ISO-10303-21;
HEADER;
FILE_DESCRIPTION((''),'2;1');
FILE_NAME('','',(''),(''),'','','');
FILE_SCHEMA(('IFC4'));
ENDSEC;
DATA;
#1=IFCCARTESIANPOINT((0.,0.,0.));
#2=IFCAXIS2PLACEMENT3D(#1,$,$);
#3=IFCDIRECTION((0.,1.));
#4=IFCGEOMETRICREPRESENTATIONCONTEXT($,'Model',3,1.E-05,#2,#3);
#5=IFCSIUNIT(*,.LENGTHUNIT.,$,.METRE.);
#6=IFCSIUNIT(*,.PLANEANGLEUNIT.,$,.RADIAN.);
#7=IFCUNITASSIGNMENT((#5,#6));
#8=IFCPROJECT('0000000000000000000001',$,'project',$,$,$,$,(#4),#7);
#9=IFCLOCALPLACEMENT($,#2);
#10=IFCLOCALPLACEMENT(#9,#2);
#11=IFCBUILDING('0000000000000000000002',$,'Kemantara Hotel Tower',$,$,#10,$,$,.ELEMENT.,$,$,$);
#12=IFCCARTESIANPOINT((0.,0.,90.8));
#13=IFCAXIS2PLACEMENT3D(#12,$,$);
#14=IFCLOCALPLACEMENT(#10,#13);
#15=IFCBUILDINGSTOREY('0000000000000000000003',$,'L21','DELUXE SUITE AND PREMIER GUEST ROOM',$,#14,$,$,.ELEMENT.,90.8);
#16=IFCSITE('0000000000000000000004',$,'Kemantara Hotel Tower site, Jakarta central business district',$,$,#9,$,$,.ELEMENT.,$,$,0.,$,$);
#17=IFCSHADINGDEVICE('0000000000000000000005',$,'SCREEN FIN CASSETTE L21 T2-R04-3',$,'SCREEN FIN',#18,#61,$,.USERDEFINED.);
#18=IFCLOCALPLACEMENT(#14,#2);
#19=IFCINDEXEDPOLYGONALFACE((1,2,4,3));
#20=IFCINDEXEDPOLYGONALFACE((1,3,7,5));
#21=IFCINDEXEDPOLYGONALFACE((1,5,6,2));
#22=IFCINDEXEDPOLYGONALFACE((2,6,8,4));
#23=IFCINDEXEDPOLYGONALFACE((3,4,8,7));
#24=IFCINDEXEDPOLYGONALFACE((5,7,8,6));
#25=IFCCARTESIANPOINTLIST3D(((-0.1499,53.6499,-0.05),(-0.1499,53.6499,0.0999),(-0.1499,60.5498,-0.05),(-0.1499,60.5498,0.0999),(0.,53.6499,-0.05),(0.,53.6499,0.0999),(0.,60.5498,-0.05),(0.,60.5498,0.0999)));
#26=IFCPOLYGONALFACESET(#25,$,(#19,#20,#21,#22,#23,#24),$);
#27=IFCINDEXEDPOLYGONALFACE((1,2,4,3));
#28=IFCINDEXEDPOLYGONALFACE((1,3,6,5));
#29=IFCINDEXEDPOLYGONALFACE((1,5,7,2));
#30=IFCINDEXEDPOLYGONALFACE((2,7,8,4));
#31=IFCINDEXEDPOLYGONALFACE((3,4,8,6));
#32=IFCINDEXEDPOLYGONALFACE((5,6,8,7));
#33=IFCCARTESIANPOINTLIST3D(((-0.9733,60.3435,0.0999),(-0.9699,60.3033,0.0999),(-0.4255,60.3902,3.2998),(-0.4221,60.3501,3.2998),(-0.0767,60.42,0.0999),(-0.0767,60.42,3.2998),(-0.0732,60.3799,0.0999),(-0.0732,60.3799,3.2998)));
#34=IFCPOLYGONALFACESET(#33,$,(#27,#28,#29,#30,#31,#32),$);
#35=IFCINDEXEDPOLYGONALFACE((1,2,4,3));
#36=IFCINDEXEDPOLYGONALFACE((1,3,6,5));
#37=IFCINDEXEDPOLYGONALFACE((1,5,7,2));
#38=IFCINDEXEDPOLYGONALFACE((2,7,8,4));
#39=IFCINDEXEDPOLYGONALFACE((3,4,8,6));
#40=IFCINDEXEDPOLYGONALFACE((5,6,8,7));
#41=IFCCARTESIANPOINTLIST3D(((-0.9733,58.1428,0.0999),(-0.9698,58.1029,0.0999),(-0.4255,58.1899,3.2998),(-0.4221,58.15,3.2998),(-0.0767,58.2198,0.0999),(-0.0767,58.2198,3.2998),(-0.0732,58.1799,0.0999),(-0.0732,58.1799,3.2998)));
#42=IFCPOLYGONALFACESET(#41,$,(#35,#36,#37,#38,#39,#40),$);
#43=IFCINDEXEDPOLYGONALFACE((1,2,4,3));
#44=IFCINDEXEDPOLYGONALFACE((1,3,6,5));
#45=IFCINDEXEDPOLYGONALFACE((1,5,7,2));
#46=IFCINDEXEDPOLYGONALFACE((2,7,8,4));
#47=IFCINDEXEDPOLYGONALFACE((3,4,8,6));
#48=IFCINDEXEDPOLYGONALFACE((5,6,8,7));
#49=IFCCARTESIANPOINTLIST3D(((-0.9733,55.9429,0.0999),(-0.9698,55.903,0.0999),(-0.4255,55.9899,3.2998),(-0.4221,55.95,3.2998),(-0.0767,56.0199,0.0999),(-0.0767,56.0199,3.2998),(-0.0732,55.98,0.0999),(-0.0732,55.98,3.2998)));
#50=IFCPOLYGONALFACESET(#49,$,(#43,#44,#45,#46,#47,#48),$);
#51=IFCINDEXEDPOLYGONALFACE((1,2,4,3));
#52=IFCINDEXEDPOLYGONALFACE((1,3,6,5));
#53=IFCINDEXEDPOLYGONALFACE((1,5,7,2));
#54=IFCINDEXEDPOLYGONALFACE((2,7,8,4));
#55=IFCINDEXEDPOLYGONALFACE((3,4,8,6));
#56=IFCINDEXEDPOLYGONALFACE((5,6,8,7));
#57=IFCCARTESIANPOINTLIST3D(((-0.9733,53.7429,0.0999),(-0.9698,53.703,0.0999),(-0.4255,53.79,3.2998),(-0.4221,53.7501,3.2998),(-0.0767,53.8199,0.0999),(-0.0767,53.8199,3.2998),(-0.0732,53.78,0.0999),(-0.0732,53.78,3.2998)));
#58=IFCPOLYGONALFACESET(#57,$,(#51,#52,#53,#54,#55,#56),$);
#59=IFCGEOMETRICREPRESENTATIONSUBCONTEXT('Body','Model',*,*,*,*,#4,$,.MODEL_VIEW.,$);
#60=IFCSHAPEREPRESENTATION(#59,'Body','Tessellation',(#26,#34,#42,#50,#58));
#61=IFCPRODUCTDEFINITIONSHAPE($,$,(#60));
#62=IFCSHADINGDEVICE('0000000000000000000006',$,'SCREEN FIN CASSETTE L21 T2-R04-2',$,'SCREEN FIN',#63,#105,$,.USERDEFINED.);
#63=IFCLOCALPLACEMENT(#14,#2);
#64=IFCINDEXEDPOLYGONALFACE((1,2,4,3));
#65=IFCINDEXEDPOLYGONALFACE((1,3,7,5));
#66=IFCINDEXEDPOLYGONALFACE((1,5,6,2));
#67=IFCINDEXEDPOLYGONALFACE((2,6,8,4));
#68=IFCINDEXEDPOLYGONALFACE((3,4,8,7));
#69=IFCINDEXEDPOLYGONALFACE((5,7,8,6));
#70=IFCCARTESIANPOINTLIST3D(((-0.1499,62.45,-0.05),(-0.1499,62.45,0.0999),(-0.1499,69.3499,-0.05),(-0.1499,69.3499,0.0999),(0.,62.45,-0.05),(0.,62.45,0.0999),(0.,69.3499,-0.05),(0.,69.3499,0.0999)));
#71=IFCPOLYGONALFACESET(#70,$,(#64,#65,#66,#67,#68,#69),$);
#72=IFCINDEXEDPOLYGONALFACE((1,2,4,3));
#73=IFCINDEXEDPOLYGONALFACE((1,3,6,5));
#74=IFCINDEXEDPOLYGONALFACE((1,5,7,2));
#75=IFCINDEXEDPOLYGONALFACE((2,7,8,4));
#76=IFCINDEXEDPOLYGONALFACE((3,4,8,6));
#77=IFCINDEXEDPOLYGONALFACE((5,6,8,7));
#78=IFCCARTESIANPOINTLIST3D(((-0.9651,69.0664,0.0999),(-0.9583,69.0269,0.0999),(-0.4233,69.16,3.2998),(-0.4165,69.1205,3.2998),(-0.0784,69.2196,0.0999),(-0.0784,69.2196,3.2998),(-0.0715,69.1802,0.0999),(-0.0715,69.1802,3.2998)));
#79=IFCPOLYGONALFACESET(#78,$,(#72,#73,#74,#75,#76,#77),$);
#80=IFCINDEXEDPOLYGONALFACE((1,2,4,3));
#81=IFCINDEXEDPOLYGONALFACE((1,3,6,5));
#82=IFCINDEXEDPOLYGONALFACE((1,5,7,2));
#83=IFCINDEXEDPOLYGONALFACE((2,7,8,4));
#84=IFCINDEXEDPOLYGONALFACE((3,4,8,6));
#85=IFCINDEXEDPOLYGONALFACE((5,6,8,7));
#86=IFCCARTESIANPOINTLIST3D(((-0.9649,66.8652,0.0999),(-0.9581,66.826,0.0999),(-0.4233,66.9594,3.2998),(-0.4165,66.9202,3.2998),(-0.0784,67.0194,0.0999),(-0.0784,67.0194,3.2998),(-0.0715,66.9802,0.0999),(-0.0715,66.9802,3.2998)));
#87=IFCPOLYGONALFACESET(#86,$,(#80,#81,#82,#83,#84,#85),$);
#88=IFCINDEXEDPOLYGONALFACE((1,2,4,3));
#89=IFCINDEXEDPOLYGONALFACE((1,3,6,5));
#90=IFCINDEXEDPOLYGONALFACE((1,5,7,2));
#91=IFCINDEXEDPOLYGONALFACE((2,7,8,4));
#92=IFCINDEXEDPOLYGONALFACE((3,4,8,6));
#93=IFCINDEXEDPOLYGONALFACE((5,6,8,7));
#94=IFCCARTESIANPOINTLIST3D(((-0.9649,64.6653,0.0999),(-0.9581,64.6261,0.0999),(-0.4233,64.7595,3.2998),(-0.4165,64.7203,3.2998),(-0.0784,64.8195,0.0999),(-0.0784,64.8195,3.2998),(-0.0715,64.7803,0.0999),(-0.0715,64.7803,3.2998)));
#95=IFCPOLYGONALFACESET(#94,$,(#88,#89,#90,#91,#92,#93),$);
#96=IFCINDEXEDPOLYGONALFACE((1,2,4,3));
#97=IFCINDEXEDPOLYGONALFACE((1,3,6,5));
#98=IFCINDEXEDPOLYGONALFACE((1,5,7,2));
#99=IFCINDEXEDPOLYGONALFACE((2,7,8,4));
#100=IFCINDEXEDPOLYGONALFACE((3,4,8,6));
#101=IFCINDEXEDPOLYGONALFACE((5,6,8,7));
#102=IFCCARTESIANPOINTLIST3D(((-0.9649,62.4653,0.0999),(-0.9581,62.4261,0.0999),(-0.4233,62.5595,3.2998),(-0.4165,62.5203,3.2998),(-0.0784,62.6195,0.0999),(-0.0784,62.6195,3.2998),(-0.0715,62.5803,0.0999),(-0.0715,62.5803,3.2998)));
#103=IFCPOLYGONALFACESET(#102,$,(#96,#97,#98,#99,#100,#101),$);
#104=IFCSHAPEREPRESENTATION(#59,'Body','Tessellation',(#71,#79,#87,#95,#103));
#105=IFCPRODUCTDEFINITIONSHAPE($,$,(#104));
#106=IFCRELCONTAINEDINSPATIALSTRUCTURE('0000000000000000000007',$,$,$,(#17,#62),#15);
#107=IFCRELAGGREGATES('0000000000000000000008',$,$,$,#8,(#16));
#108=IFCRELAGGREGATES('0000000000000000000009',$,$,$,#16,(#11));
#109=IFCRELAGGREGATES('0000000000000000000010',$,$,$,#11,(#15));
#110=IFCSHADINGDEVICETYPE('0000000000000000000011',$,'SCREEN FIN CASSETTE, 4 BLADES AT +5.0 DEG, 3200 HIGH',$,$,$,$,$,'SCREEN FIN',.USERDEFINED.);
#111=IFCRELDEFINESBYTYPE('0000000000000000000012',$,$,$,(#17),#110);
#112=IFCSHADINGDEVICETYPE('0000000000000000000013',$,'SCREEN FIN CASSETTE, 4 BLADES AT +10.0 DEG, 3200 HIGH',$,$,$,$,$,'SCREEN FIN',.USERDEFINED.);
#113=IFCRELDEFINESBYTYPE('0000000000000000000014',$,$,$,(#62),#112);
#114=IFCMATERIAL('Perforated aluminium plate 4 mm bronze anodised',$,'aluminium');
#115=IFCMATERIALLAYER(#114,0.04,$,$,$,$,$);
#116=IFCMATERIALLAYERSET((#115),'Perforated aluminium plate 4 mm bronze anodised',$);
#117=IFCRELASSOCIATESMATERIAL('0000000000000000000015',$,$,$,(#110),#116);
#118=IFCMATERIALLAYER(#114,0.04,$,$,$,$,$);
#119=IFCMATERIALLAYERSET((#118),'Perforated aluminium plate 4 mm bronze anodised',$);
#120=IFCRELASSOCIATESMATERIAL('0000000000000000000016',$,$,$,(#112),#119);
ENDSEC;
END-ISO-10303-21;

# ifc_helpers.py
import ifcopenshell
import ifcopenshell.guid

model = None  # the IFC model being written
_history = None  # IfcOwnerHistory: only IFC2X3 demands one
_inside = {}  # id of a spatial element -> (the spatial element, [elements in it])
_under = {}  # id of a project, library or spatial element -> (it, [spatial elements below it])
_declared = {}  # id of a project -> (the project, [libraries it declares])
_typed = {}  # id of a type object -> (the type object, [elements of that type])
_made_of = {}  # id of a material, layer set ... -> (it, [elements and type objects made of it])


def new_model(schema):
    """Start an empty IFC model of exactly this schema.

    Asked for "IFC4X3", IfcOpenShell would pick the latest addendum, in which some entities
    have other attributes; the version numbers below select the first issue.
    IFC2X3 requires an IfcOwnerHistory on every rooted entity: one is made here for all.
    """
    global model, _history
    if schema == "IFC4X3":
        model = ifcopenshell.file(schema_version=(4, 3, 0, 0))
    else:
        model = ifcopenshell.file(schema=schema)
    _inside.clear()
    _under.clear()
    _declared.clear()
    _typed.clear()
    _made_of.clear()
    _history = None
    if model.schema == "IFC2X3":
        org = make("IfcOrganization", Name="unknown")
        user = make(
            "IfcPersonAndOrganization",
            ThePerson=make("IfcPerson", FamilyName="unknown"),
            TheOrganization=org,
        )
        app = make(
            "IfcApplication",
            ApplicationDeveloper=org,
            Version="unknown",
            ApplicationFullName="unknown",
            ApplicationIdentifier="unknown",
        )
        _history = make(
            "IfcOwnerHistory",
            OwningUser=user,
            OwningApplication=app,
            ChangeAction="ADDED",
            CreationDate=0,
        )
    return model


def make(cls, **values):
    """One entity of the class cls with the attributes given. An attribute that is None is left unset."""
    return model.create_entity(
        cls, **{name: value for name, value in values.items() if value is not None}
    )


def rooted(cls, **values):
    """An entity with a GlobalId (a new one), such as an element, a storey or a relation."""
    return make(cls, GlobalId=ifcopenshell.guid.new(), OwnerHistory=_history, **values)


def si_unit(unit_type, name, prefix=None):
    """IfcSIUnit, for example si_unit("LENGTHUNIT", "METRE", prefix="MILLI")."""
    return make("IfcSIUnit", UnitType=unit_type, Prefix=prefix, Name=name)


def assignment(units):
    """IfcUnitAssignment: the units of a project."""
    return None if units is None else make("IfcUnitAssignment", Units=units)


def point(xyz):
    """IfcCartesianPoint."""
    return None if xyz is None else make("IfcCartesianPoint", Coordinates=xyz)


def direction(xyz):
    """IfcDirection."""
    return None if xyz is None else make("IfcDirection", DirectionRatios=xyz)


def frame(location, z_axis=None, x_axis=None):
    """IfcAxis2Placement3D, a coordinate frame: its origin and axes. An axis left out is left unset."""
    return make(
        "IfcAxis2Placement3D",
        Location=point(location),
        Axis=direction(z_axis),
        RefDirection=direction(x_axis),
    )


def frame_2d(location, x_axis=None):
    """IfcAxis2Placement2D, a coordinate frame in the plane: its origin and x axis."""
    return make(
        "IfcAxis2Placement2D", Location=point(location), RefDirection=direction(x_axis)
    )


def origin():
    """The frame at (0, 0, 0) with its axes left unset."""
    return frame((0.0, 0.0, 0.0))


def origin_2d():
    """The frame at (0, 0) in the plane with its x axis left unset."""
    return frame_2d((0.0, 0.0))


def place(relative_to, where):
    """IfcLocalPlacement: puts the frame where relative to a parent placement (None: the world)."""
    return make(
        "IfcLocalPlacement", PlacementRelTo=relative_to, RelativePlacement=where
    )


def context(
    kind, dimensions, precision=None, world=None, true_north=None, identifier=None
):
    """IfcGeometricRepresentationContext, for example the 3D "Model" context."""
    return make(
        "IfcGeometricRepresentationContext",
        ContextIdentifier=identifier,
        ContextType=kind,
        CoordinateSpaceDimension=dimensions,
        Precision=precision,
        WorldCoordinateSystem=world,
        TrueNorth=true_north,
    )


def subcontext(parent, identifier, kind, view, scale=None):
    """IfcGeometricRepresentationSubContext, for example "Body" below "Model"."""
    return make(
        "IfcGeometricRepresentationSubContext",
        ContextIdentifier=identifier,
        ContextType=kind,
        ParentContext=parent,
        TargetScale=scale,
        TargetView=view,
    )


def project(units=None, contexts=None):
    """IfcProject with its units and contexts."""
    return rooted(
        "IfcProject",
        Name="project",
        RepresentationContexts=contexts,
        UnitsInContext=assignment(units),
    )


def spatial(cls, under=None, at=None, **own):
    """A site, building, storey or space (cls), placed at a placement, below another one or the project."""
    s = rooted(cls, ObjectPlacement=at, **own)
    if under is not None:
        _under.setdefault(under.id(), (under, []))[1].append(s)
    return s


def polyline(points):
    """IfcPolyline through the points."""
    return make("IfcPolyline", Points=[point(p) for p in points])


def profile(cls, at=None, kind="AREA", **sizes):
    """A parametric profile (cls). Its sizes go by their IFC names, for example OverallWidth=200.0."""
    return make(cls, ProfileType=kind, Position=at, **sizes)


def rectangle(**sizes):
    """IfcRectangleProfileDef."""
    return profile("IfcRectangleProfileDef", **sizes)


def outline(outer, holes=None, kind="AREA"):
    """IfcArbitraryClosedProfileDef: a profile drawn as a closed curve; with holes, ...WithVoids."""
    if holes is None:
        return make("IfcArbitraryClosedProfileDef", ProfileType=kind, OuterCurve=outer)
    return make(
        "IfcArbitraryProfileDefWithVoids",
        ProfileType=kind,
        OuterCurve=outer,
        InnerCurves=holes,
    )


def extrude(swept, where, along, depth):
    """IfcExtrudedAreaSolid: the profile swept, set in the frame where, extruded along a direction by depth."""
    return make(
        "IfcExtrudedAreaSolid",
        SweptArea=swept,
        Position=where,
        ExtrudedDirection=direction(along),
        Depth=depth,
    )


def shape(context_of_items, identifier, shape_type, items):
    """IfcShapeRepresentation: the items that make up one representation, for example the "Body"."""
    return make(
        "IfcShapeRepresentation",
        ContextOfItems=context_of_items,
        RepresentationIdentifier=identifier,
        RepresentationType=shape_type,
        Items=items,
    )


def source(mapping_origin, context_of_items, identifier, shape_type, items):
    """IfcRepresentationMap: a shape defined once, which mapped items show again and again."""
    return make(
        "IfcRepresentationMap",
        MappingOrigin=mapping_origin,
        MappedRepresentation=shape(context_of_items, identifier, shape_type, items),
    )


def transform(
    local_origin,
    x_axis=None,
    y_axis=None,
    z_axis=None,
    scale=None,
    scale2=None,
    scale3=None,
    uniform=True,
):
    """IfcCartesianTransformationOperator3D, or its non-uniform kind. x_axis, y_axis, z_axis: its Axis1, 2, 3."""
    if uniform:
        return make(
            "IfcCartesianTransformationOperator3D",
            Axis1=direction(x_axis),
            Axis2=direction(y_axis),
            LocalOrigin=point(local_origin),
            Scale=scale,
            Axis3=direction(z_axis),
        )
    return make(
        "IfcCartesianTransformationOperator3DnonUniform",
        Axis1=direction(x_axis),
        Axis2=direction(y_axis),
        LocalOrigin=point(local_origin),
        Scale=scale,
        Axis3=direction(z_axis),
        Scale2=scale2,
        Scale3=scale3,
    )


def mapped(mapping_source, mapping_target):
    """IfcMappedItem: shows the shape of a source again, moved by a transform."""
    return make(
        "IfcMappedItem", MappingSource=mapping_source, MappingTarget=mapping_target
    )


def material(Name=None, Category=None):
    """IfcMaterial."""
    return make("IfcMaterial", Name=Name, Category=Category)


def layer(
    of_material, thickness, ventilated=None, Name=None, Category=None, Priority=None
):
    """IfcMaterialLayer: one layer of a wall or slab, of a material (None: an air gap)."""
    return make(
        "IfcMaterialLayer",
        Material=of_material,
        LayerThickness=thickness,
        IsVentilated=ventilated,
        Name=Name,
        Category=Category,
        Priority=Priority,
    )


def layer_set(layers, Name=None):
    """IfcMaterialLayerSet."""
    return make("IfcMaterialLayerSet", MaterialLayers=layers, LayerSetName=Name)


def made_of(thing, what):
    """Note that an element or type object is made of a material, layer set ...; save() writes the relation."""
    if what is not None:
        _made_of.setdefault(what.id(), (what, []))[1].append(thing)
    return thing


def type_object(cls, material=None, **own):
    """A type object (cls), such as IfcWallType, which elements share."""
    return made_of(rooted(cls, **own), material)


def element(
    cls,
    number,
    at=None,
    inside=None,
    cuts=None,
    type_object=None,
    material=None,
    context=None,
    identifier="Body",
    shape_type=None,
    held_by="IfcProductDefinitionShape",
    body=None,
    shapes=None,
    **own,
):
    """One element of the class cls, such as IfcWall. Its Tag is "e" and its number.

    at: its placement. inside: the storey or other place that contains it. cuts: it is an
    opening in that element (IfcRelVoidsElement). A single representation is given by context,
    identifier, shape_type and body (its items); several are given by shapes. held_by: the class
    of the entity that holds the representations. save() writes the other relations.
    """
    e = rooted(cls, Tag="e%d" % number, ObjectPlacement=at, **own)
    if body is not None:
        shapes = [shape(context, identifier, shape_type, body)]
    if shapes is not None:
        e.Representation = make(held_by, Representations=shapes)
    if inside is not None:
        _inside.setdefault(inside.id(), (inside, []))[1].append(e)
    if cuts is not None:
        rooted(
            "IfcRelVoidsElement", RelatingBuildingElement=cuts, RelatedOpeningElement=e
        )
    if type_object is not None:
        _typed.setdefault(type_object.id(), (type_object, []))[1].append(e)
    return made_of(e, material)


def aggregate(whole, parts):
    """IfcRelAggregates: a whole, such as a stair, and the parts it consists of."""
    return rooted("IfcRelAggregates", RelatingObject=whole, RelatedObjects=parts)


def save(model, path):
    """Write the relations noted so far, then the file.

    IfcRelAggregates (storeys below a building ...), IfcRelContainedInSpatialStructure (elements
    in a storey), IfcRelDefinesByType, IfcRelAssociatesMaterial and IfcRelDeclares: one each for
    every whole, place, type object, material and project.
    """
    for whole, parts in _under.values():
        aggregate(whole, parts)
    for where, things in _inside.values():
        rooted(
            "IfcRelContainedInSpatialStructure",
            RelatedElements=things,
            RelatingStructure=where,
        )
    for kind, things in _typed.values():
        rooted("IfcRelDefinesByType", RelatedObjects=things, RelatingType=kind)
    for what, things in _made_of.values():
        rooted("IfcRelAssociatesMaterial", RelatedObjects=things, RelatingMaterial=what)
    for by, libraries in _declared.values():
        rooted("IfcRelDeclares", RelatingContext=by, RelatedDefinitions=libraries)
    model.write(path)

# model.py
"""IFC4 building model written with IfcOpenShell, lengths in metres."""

from ifc_helpers import new_model, si_unit, direction, frame, origin, origin_2d, place, context, subcontext, project, spatial, polyline, rectangle, outline, extrude, source, transform, mapped, material, layer, layer_set, type_object, element, save


model = new_model("IFC4")

# Units and contexts
model_context = context("Model", 3, precision=1e-05, world=origin(), true_north=direction((0.0, 1.0)))
body_context = subcontext(model_context, "Body", "Model", "MODEL_VIEW")
ifc_project = project(units=[si_unit("LENGTHUNIT", "METRE"), si_unit("PLANEANGLEUNIT", "RADIAN")], contexts=[model_context])

# Site, building, storey
site_placement = place(None, origin())
site = spatial("IfcSite", under=ifc_project, at=site_placement, Name="Kemantara Hotel Tower site, Jakarta central business district", CompositionType="ELEMENT", RefElevation=0.0)
building_placement = place(site_placement, origin())
building = spatial("IfcBuilding", under=site, at=building_placement, Name="Kemantara Hotel Tower", CompositionType="ELEMENT")
storey_placement = place(building_placement, frame((0.0, 0.0, 90.8)))
storey = spatial("IfcBuildingStorey", under=building, at=storey_placement, Name="L21", Description="DELUXE SUITE AND PREMIER GUEST ROOM", CompositionType="ELEMENT", Elevation=90.8)

# Shading devices
ifc_material_1 = material(Name="Perforated aluminium plate 4 mm bronze anodised", Category="aluminium")
ifc_layer_1 = layer(ifc_material_1, 0.04)
ifc_layer_set_1 = layer_set([ifc_layer_1], Name="Perforated aluminium plate 4 mm bronze anodised")
shading_device_type_1 = type_object("IfcShadingDeviceType", Name="SCREEN FIN CASSETTE, 4 BLADES AT +5.0 DEG, 3200 HIGH", ElementType="SCREEN FIN", PredefinedType="USERDEFINED", material=ifc_layer_set_1)
shared_shape_1 = source(origin(), body_context, "Body", "SweptSolid", [
    extrude(rectangle(XDim=6.8999, YDim=0.1499, at=origin_2d()), frame((3.3, -0.075, -0.1499), z_axis=(0.0, 0.0, 1.0), x_axis=(1.0, 0.0, 0.0)), (0.0, 0.0, 1.0), 0.1499),
    extrude(outline(polyline([(0.0, 0.0), (0.8999, 0.0), (0.3501, 3.2), (0.0, 3.2), (0.0, 0.0)])), frame((0.02, -0.0732, 0.0), z_axis=(-0.996376, -0.085056, 0.0), x_axis=(0.085056, -0.996376, 0.0)), (0.0, 0.0, 1.0), 0.0403),
    extrude(outline(polyline([(0.0, 0.0), (0.8999, 0.0), (0.3501, 3.2), (0.0, 3.2), (0.0, 0.0)])), frame((2.22, -0.0732, 0.0), z_axis=(-0.996332, -0.085575, 0.0), x_axis=(0.085575, -0.996332, 0.0)), (0.0, 0.0, 1.0), 0.04),
    extrude(outline(polyline([(0.0, 0.0), (0.8999, 0.0), (0.3501, 3.2), (0.0, 3.2), (0.0, 0.0)])), frame((4.4199, -0.0732, 0.0), z_axis=(-0.996332, -0.085575, 0.0), x_axis=(0.085575, -0.996332, 0.0)), (0.0, 0.0, 1.0), 0.04),
    extrude(outline(polyline([(0.0, 0.0), (0.8999, 0.0), (0.3501, 3.2), (0.0, 3.2), (0.0, 0.0)])), frame((6.6199, -0.0732, 0.0), z_axis=(-0.996332, -0.085575, 0.0), x_axis=(0.085575, -0.996332, 0.0)), (0.0, 0.0, 1.0), 0.04),
])
shading_device_1_placement = place(storey_placement, frame((0.0, 60.3999, 0.0999), z_axis=(0.0, 0.0, 1.0), x_axis=(0.0, -1.0, 0.0)))
element("IfcShadingDevice", 1, at=shading_device_1_placement, inside=storey, type_object=shading_device_type_1, Name="SCREEN FIN CASSETTE L21 T2-R04-3", ObjectType="SCREEN FIN", PredefinedType="USERDEFINED", context=body_context, shape_type="MappedRepresentation", body=[
    mapped(shared_shape_1, transform((0.0, 0.0, 0.0))),
])
ifc_layer_2 = layer(ifc_material_1, 0.04)
ifc_layer_set_2 = layer_set([ifc_layer_2], Name="Perforated aluminium plate 4 mm bronze anodised")
shading_device_type_2 = type_object("IfcShadingDeviceType", Name="SCREEN FIN CASSETTE, 4 BLADES AT +10.0 DEG, 3200 HIGH", ElementType="SCREEN FIN", PredefinedType="USERDEFINED", material=ifc_layer_set_2)
shared_shape_2 = source(origin(), body_context, "Body", "SweptSolid", [
    extrude(rectangle(XDim=6.8999, YDim=0.1499, at=origin_2d()), frame((3.3, -0.075, -0.1499), z_axis=(0.0, 0.0, 1.0), x_axis=(1.0, 0.0, 0.0)), (0.0, 0.0, 1.0), 0.1499),
    extrude(outline(polyline([(0.0, 0.0), (0.8999, 0.0), (0.3501, 3.2), (0.0, 3.2), (0.0, 0.0)])), frame((0.0198, -0.0715, 0.0), z_axis=(-0.98539, -0.170314, 0.0), x_axis=(0.170314, -0.98539, 0.0)), (0.0, 0.0, 1.0), 0.04),
    extrude(outline(polyline([(0.0, 0.0), (0.8999, 0.0), (0.3501, 3.2), (0.0, 3.2), (0.0, 0.0)])), frame((2.2197, -0.0715, 0.0), z_axis=(-0.985212, -0.171341, 0.0), x_axis=(0.171341, -0.985212, 0.0)), (0.0, 0.0, 1.0), 0.0398),
    extrude(outline(polyline([(0.0, 0.0), (0.8999, 0.0), (0.3501, 3.2), (0.0, 3.2), (0.0, 0.0)])), frame((4.4197, -0.0715, 0.0), z_axis=(-0.985212, -0.171341, 0.0), x_axis=(0.171341, -0.985212, 0.0)), (0.0, 0.0, 1.0), 0.0398),
    extrude(outline(polyline([(0.0, 0.0), (0.8999, 0.0), (0.3501, 3.2), (0.0, 3.2), (0.0, 0.0)])), frame((6.6196, -0.0715, 0.0), z_axis=(-0.985212, -0.171341, 0.0), x_axis=(0.171341, -0.985212, 0.0)), (0.0, 0.0, 1.0), 0.0398),
])
shading_device_2_placement = place(storey_placement, frame((0.0, 69.2, 0.0999), z_axis=(0.0, 0.0, 1.0), x_axis=(0.0, -1.0, 0.0)))
element("IfcShadingDevice", 2, at=shading_device_2_placement, inside=storey, type_object=shading_device_type_2, Name="SCREEN FIN CASSETTE L21 T2-R04-2", ObjectType="SCREEN FIN", PredefinedType="USERDEFINED", context=body_context, shape_type="MappedRepresentation", body=[
    mapped(shared_shape_2, transform((0.0, 0.0, 0.0))),
])

save(model, "model.ifc")
